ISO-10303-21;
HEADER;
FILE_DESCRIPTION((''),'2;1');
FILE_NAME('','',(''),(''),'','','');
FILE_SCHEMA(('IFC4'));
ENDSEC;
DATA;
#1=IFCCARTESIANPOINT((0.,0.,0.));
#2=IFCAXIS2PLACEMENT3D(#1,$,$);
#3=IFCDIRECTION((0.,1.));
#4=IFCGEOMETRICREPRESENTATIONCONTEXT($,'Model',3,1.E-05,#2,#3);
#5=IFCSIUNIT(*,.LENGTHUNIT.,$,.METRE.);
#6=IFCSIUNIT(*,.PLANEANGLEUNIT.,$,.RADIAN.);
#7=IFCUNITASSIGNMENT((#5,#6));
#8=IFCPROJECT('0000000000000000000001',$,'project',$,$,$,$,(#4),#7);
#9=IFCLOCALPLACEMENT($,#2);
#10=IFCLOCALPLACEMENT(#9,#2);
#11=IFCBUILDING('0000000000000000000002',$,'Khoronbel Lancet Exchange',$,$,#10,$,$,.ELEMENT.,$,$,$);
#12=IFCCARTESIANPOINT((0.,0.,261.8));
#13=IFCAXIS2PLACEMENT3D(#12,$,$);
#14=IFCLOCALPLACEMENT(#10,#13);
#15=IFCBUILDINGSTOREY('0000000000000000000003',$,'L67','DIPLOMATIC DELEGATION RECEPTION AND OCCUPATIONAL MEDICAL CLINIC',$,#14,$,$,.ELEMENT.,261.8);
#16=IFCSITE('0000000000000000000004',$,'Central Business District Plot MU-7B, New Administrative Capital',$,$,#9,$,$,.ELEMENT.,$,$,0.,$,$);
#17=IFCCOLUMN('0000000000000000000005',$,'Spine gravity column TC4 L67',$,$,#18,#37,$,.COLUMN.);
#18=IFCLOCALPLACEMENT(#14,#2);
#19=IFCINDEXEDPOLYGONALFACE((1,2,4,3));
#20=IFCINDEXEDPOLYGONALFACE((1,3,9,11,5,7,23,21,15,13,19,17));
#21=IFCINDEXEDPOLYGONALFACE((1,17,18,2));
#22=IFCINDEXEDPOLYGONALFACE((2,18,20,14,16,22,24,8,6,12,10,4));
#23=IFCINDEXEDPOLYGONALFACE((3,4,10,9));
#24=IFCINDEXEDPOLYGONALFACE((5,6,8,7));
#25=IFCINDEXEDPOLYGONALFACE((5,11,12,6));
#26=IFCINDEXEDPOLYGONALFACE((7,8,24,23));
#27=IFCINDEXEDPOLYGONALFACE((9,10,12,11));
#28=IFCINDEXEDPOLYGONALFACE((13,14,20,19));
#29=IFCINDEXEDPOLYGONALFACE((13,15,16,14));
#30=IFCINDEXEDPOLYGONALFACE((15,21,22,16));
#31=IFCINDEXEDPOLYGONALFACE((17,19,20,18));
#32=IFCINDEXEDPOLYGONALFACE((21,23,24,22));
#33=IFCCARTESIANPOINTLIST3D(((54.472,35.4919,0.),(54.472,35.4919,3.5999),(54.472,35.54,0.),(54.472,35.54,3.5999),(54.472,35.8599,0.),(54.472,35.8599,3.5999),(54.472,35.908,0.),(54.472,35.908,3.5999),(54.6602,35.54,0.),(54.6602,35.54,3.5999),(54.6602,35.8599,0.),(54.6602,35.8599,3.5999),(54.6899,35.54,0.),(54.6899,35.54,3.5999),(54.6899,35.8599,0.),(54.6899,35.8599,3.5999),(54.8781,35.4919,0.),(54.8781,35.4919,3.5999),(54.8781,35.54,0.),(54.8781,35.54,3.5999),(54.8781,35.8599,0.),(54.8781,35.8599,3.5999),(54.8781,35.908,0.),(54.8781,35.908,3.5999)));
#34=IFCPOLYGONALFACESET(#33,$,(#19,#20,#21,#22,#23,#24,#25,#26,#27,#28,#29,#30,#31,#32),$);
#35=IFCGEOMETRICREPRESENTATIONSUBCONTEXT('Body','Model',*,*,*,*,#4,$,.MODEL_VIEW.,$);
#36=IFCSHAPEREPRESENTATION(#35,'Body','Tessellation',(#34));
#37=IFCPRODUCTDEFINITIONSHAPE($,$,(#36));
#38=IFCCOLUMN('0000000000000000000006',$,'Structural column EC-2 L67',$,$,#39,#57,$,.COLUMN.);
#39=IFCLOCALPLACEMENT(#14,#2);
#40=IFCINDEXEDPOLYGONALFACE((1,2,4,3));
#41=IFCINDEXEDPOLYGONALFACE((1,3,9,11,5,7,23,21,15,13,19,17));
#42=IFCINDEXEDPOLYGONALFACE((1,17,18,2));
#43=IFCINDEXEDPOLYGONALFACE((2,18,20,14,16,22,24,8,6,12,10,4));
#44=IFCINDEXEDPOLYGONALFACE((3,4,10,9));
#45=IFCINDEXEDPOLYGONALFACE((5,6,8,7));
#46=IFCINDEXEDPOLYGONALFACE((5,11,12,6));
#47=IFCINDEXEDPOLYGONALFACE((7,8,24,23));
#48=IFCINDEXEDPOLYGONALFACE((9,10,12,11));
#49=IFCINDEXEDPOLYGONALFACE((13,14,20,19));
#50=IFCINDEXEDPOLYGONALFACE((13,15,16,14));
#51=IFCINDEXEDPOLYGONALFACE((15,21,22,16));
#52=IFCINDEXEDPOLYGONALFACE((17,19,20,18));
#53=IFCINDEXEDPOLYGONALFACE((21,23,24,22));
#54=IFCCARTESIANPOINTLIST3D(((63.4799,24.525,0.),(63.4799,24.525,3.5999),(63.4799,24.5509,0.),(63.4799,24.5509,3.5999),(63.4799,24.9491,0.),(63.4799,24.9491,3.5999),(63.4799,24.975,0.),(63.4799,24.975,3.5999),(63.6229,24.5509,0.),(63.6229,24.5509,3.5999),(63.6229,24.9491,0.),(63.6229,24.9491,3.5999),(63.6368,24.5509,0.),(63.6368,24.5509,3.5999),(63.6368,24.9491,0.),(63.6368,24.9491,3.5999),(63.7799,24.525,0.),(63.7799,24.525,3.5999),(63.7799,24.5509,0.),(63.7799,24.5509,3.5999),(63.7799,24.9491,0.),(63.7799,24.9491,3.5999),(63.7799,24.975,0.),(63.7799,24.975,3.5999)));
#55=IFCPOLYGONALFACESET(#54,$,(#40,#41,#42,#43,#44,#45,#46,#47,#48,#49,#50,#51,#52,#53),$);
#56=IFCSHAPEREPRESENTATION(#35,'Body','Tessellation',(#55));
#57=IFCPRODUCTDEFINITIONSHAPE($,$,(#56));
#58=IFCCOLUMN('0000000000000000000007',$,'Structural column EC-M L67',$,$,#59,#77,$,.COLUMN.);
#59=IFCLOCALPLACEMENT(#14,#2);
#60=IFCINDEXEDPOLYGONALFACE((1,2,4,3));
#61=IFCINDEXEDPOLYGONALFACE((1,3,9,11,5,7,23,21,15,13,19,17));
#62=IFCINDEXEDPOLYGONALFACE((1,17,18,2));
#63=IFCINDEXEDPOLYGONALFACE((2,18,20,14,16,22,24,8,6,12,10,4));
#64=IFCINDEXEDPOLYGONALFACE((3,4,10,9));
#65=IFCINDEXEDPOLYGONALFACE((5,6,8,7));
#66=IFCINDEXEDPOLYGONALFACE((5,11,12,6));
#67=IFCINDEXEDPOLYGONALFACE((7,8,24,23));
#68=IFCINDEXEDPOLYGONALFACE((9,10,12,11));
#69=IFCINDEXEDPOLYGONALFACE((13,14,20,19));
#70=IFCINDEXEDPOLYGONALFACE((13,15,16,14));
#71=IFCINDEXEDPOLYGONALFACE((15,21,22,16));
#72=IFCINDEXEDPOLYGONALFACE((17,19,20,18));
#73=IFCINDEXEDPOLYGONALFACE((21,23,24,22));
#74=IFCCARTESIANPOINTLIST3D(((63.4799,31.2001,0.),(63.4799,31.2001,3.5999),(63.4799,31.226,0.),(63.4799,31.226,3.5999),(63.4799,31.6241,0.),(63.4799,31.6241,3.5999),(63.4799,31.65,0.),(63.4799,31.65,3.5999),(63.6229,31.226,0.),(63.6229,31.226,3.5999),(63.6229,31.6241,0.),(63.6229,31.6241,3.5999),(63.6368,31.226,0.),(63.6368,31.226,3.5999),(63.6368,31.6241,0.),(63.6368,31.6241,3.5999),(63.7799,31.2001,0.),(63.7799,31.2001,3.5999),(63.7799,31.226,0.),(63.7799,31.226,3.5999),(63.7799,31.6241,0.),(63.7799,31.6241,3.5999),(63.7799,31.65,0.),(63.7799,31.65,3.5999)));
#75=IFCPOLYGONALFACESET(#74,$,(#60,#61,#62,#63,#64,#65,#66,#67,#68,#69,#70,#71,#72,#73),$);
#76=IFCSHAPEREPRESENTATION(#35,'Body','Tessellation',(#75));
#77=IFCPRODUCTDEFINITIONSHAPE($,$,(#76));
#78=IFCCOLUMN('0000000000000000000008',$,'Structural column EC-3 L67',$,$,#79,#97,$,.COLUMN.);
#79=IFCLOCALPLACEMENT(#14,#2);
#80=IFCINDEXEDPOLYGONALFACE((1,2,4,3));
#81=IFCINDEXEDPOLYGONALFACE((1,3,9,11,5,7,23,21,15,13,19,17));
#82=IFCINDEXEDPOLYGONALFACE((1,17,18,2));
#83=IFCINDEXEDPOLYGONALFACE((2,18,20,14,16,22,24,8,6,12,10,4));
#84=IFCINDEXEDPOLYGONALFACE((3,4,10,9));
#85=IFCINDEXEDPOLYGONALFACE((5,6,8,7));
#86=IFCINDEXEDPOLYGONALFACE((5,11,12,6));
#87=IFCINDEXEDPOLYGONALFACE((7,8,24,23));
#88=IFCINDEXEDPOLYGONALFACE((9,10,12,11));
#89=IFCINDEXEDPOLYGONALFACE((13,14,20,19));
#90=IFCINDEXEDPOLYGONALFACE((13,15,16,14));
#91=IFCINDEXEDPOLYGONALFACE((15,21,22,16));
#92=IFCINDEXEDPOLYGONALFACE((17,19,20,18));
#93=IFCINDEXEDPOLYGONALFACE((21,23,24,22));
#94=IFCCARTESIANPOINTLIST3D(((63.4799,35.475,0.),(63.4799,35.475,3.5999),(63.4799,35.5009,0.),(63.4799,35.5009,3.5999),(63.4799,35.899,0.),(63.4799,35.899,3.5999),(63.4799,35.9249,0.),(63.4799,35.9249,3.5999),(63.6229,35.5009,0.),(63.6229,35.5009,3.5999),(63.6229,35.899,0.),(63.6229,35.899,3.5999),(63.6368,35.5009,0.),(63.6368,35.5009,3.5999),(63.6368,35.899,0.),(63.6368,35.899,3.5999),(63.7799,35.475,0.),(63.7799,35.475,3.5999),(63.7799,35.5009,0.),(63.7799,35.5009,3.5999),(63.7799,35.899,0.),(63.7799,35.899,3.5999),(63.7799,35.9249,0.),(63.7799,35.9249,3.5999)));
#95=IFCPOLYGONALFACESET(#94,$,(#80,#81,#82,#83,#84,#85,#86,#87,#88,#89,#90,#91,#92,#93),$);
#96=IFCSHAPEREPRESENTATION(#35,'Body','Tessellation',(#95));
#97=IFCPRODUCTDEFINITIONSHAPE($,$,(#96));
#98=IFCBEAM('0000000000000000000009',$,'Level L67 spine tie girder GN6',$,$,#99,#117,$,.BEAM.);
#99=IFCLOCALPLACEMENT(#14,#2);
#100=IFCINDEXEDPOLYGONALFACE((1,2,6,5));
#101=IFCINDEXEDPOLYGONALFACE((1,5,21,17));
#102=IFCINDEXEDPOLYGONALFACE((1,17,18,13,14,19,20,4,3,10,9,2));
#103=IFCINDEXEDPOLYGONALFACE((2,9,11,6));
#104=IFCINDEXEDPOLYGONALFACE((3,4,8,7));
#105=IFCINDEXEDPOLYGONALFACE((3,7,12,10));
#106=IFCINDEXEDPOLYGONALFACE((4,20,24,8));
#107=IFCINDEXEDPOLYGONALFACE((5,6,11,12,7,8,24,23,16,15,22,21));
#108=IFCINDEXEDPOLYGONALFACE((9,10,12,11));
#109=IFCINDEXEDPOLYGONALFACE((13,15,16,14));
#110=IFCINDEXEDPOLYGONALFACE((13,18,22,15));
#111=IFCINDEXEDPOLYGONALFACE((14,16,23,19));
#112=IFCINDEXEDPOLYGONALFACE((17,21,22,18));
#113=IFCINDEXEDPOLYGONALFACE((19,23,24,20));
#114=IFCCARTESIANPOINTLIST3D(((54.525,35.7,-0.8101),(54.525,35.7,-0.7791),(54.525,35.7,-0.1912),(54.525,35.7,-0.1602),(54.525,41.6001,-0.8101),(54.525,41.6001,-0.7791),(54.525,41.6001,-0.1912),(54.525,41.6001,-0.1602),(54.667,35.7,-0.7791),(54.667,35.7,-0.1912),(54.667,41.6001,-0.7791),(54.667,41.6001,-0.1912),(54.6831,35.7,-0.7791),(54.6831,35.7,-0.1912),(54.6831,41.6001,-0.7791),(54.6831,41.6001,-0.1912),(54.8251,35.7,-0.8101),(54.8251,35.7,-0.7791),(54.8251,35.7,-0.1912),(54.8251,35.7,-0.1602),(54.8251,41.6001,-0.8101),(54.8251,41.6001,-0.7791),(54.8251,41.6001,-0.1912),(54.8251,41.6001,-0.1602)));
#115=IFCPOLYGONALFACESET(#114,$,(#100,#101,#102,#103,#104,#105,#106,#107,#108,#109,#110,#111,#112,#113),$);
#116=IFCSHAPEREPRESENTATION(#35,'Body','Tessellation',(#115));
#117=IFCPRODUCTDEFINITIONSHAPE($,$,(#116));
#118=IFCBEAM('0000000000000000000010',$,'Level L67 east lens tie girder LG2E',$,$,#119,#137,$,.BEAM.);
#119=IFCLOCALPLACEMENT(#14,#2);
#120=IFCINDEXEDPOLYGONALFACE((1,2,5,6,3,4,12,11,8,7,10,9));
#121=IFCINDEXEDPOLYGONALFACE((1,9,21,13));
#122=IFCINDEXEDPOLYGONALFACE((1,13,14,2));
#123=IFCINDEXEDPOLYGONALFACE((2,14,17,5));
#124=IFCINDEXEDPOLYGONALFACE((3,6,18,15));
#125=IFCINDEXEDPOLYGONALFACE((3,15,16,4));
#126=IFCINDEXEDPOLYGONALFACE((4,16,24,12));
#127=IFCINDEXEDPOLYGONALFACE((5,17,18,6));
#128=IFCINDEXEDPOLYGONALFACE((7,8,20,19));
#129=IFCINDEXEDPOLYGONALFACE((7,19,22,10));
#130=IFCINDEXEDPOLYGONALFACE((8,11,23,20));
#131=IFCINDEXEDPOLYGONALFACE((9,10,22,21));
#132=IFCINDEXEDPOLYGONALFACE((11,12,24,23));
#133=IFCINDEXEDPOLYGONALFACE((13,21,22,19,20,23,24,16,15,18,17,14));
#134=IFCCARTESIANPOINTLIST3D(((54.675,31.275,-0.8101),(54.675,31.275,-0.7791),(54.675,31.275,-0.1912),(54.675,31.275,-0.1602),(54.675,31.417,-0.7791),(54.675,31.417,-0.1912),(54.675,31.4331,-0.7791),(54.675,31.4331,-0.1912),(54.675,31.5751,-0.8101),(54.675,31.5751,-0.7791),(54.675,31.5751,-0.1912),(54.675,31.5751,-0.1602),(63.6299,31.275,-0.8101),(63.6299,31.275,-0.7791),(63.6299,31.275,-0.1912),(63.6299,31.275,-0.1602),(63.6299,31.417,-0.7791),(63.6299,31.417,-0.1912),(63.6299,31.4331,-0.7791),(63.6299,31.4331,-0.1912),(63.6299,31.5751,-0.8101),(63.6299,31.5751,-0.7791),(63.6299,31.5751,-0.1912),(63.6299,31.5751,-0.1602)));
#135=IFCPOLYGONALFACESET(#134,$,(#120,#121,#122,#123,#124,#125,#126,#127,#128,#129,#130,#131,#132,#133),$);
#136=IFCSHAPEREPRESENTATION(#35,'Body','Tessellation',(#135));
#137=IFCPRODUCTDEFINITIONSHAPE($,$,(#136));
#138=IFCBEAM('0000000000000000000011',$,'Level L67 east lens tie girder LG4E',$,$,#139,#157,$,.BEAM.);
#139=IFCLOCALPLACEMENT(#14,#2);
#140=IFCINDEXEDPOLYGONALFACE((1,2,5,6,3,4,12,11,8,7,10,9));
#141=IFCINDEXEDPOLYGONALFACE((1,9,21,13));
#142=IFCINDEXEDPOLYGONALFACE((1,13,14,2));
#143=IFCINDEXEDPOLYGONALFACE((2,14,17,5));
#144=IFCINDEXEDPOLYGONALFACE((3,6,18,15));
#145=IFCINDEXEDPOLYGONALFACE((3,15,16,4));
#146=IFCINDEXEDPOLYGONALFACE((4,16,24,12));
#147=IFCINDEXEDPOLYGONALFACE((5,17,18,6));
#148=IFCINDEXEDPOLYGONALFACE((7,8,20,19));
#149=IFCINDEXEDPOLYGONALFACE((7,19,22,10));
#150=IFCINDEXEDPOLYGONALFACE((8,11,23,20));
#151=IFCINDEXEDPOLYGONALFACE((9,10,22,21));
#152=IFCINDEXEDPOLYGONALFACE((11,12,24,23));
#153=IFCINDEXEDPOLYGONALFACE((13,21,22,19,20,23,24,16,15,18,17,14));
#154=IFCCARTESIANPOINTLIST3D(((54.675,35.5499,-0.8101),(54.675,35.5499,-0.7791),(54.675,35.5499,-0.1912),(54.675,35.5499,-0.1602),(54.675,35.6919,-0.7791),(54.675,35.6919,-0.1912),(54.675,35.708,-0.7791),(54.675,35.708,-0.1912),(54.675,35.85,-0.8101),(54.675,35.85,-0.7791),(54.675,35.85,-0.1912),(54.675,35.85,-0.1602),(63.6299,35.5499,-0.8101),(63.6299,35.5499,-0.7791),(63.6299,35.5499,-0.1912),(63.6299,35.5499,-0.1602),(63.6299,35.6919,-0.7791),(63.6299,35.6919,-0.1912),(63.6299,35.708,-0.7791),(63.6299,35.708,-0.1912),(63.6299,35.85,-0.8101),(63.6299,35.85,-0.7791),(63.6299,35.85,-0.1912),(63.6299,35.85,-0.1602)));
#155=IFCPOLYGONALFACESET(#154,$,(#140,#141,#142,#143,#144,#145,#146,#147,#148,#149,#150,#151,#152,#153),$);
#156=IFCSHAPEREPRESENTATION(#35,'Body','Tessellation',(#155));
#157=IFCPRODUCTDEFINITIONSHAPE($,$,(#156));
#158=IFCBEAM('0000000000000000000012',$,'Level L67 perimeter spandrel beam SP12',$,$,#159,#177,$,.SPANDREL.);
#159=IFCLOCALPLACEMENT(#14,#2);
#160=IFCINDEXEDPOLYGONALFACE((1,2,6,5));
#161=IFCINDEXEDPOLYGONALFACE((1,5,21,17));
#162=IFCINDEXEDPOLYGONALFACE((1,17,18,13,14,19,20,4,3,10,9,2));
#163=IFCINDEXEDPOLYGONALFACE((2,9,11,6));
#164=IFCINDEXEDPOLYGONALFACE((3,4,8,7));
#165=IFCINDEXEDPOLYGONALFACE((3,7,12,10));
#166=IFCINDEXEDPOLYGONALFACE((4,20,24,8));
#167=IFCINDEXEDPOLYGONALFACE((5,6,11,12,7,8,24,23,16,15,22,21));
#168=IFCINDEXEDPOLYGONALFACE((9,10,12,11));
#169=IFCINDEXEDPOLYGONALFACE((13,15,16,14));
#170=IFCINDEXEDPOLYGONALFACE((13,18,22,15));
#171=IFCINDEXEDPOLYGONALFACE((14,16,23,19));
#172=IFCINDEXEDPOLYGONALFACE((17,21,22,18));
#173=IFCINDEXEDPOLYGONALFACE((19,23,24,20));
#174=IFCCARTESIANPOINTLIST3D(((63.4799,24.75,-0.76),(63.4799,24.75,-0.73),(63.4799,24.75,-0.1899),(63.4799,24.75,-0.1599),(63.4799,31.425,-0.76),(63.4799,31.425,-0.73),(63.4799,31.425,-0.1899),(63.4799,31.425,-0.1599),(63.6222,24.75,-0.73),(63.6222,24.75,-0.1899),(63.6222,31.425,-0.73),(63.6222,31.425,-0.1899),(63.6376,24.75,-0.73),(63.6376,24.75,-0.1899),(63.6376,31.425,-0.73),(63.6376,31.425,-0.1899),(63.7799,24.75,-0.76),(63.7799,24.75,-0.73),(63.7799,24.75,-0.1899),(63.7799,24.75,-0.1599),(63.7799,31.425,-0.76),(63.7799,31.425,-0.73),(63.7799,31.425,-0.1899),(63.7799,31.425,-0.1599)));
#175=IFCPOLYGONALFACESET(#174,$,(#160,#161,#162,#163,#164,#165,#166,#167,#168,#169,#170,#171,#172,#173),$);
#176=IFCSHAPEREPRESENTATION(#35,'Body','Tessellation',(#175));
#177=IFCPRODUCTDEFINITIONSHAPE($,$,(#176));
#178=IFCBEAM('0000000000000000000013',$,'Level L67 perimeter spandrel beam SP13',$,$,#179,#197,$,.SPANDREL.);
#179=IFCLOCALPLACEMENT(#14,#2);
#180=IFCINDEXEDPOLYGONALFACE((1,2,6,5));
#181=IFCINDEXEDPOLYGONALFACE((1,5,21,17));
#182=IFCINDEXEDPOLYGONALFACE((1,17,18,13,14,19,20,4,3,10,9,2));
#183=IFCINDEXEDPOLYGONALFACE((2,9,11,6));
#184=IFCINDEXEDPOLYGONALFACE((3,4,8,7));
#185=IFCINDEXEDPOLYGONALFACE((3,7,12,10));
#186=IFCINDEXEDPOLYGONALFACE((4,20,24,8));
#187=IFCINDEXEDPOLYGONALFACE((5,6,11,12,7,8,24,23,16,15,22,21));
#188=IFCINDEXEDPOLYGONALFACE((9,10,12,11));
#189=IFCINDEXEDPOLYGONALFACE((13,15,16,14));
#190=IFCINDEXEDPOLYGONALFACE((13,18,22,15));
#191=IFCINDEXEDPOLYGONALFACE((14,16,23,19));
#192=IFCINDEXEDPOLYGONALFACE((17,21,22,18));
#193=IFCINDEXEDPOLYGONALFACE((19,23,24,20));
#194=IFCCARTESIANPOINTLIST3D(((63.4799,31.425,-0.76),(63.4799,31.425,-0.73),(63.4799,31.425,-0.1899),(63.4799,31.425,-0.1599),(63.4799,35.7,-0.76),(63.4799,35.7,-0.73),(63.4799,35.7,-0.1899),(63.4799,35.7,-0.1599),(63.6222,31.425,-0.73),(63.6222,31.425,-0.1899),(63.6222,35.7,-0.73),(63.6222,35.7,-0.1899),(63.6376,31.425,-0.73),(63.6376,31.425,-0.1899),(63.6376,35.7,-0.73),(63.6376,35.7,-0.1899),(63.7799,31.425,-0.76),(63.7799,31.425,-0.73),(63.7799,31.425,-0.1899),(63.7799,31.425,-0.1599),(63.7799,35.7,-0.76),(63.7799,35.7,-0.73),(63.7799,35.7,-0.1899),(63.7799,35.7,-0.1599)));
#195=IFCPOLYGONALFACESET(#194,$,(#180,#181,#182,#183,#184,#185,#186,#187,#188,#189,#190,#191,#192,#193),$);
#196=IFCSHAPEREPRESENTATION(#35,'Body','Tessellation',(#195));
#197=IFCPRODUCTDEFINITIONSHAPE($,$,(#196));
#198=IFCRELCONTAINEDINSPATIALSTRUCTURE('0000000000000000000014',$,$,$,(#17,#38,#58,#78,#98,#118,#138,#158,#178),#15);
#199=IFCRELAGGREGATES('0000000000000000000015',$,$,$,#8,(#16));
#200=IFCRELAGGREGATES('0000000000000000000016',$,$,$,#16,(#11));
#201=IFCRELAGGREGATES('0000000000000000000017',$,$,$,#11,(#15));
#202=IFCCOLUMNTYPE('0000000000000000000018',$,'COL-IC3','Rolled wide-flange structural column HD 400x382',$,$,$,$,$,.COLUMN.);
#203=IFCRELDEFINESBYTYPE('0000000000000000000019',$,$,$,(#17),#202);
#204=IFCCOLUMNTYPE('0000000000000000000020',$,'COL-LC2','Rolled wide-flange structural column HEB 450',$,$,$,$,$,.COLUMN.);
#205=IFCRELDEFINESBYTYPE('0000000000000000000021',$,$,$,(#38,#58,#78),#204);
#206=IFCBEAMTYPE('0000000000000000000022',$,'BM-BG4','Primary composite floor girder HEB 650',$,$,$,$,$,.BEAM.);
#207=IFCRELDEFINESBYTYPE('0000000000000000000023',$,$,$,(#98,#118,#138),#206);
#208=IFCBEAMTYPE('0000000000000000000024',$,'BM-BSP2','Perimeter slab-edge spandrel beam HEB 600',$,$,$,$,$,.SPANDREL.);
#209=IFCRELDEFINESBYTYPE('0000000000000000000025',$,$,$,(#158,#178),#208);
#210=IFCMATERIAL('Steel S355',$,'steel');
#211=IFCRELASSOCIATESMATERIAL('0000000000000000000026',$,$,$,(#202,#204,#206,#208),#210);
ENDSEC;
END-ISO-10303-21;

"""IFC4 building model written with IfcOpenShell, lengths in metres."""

from ifc_helpers import new_model, si_unit, direction, frame, origin, origin_2d, place, context, subcontext, project, spatial, i_section, extrude, material, material_profile, profile_set, type_object, element, save


model = new_model("IFC4")

# Units and contexts
model_context = context("Model", 3, precision=1e-05, world=origin(), true_north=direction((0.0, 1.0)))
body_context = subcontext(model_context, "Body", "Model", "MODEL_VIEW")
ifc_project = project(units=[si_unit("LENGTHUNIT", "METRE"), si_unit("PLANEANGLEUNIT", "RADIAN")], contexts=[model_context])

# Site, building, storey
site_placement = place(None, origin())
site = spatial("IfcSite", under=ifc_project, at=site_placement, Name="Central Business District Plot MU-7B, New Administrative Capital", CompositionType="ELEMENT", RefElevation=0.0)
building_placement = place(site_placement, origin())
building = spatial("IfcBuilding", under=site, at=building_placement, Name="Khoronbel Lancet Exchange", CompositionType="ELEMENT")
storey_placement = place(building_placement, frame((0.0, 0.0, 261.8)))
storey = spatial("IfcBuildingStorey", under=building, at=storey_placement, Name="L67", Description="DIPLOMATIC DELEGATION RECEPTION AND OCCUPATIONAL MEDICAL CLINIC", CompositionType="ELEMENT", Elevation=261.8)

# Columns
ifc_material_1 = material(Name="Steel S355", Category="steel")
ifc_material_profile_1 = material_profile(ifc_material_1, i_section(OverallWidth=0.406, OverallDepth=0.416, WebThickness=0.0298, FlangeThickness=0.0481, at=origin_2d()), Name="HD 400x382")
ifc_profile_set_1 = profile_set([ifc_material_profile_1], Name="Steel S355")
column_type_1 = type_object("IfcColumnType", Name="COL-IC3", Description="Rolled wide-flange structural column HD 400x382", PredefinedType="COLUMN", material=ifc_profile_set_1)
column_placement = place(storey_placement, frame((54.675, 35.7, 0.0), z_axis=(0.0, 0.0, 1.0), x_axis=(1.0, 0.0, 0.0)))
element("IfcColumn", 1, at=column_placement, inside=storey, type_object=column_type_1, Name="Spine gravity column TC4 L67", PredefinedType="COLUMN", context=body_context, shape_type="SweptSolid", body=[
    extrude(i_section(OverallWidth=0.406, OverallDepth=0.416, WebThickness=0.0298, FlangeThickness=0.0481, at=origin_2d()), origin(), (0.0, 0.0, 1.0), 3.5999),
])
ifc_material_profile_2 = material_profile(ifc_material_1, i_section(OverallWidth=0.3, OverallDepth=0.45, WebThickness=0.0139, FlangeThickness=0.0259, at=origin_2d()), Name="HEB 450")
ifc_profile_set_2 = profile_set([ifc_material_profile_2], Name="Steel S355")
column_type_2 = type_object("IfcColumnType", Name="COL-LC2", Description="Rolled wide-flange structural column HEB 450", PredefinedType="COLUMN", material=ifc_profile_set_2)
for number, where, z_axis, x_axis, name in (
    (2, (63.6299, 24.75, 0.0), (0.0, 0.0, 1.0), (1.0, 0.0, 0.0), "Structural column EC-2 L67"),
    (3, (63.6299, 31.425, 0.0), (0.0, 0.0, 1.0), (1.0, 0.0, 0.0), "Structural column EC-M L67"),
    (4, (63.6299, 35.7, 0.0), (0.0, 0.0, 1.0), (1.0, 0.0, 0.0), "Structural column EC-3 L67"),
):
    element("IfcColumn", number, at=place(storey_placement, frame(where, z_axis=z_axis, x_axis=x_axis)), inside=storey, type_object=column_type_2, Name=name, PredefinedType="COLUMN", context=body_context, shape_type="SweptSolid", body=[
        extrude(i_section(OverallWidth=0.3, OverallDepth=0.45, WebThickness=0.0139, FlangeThickness=0.0259, at=origin_2d()), origin(), (0.0, 0.0, 1.0), 3.5999),
    ])

# Beams
ifc_material_profile_3 = material_profile(ifc_material_1, i_section(OverallWidth=0.3, OverallDepth=0.6499, WebThickness=0.0161, FlangeThickness=0.031, at=origin_2d()), Name="HEB 650")
ifc_profile_set_3 = profile_set([ifc_material_profile_3], Name="Steel S355")
beam_type_1 = type_object("IfcBeamType", Name="BM-BG4", Description="Primary composite floor girder HEB 650", PredefinedType="BEAM", material=ifc_profile_set_3)
beam_1_placement = place(storey_placement, frame((54.675, 35.7, -0.4851), z_axis=(0.0, 1.0, 0.0), x_axis=(-1.0, 0.0, 0.0)))
element("IfcBeam", 5, at=beam_1_placement, inside=storey, type_object=beam_type_1, Name="Level L67 spine tie girder GN6", PredefinedType="BEAM", context=body_context, shape_type="SweptSolid", body=[
    extrude(i_section(OverallWidth=0.3, OverallDepth=0.6499, WebThickness=0.0161, FlangeThickness=0.031, at=origin_2d()), origin(), (0.0, 0.0, 1.0), 5.9001),
])
for number, where, z_axis, x_axis, name in (
    (6, (54.675, 31.425, -0.4851), (1.0, 0.0, 0.0), (0.0, 1.0, 0.0), "Level L67 east lens tie girder LG2E"),
    (7, (54.675, 35.7, -0.4851), (1.0, 0.0, 0.0), (0.0, 1.0, 0.0), "Level L67 east lens tie girder LG4E"),
):
    element("IfcBeam", number, at=place(storey_placement, frame(where, z_axis=z_axis, x_axis=x_axis)), inside=storey, type_object=beam_type_1, Name=name, PredefinedType="BEAM", context=body_context, shape_type="SweptSolid", body=[
        extrude(i_section(OverallWidth=0.3, OverallDepth=0.6499, WebThickness=0.0161, FlangeThickness=0.031, at=origin_2d()), origin(), (0.0, 0.0, 1.0), 8.9548),
    ])
ifc_material_profile_4 = material_profile(ifc_material_1, i_section(OverallWidth=0.3, OverallDepth=0.6001, WebThickness=0.0154, FlangeThickness=0.03, at=origin_2d()), Name="HEB 600")
ifc_profile_set_4 = profile_set([ifc_material_profile_4], Name="Steel S355")
beam_type_2 = type_object("IfcBeamType", Name="BM-BSP2", Description="Perimeter slab-edge spandrel beam HEB 600", PredefinedType="SPANDREL", material=ifc_profile_set_4)
beam_2_placement = place(storey_placement, frame((63.6299, 24.75, -0.46), z_axis=(0.0, 1.0, 0.0), x_axis=(-1.0, 0.0, 0.0)))
element("IfcBeam", 8, at=beam_2_placement, inside=storey, type_object=beam_type_2, Name="Level L67 perimeter spandrel beam SP12", PredefinedType="SPANDREL", context=body_context, shape_type="SweptSolid", body=[
    extrude(i_section(OverallWidth=0.3, OverallDepth=0.6001, WebThickness=0.0154, FlangeThickness=0.03, at=origin_2d()), origin(), (0.0, 0.0, 1.0), 6.675),
])
beam_3_placement = place(storey_placement, frame((63.6299, 31.425, -0.46), z_axis=(0.0, 1.0, 0.0), x_axis=(-1.0, 0.0, 0.0)))
element("IfcBeam", 9, at=beam_3_placement, inside=storey, type_object=beam_type_2, Name="Level L67 perimeter spandrel beam SP13", PredefinedType="SPANDREL", context=body_context, shape_type="SweptSolid", body=[
    extrude(i_section(OverallWidth=0.3, OverallDepth=0.6001, WebThickness=0.0154, FlangeThickness=0.03, at=origin_2d()), origin(), (0.0, 0.0, 1.0), 4.2749),
])

save(model, "model.ifc")
